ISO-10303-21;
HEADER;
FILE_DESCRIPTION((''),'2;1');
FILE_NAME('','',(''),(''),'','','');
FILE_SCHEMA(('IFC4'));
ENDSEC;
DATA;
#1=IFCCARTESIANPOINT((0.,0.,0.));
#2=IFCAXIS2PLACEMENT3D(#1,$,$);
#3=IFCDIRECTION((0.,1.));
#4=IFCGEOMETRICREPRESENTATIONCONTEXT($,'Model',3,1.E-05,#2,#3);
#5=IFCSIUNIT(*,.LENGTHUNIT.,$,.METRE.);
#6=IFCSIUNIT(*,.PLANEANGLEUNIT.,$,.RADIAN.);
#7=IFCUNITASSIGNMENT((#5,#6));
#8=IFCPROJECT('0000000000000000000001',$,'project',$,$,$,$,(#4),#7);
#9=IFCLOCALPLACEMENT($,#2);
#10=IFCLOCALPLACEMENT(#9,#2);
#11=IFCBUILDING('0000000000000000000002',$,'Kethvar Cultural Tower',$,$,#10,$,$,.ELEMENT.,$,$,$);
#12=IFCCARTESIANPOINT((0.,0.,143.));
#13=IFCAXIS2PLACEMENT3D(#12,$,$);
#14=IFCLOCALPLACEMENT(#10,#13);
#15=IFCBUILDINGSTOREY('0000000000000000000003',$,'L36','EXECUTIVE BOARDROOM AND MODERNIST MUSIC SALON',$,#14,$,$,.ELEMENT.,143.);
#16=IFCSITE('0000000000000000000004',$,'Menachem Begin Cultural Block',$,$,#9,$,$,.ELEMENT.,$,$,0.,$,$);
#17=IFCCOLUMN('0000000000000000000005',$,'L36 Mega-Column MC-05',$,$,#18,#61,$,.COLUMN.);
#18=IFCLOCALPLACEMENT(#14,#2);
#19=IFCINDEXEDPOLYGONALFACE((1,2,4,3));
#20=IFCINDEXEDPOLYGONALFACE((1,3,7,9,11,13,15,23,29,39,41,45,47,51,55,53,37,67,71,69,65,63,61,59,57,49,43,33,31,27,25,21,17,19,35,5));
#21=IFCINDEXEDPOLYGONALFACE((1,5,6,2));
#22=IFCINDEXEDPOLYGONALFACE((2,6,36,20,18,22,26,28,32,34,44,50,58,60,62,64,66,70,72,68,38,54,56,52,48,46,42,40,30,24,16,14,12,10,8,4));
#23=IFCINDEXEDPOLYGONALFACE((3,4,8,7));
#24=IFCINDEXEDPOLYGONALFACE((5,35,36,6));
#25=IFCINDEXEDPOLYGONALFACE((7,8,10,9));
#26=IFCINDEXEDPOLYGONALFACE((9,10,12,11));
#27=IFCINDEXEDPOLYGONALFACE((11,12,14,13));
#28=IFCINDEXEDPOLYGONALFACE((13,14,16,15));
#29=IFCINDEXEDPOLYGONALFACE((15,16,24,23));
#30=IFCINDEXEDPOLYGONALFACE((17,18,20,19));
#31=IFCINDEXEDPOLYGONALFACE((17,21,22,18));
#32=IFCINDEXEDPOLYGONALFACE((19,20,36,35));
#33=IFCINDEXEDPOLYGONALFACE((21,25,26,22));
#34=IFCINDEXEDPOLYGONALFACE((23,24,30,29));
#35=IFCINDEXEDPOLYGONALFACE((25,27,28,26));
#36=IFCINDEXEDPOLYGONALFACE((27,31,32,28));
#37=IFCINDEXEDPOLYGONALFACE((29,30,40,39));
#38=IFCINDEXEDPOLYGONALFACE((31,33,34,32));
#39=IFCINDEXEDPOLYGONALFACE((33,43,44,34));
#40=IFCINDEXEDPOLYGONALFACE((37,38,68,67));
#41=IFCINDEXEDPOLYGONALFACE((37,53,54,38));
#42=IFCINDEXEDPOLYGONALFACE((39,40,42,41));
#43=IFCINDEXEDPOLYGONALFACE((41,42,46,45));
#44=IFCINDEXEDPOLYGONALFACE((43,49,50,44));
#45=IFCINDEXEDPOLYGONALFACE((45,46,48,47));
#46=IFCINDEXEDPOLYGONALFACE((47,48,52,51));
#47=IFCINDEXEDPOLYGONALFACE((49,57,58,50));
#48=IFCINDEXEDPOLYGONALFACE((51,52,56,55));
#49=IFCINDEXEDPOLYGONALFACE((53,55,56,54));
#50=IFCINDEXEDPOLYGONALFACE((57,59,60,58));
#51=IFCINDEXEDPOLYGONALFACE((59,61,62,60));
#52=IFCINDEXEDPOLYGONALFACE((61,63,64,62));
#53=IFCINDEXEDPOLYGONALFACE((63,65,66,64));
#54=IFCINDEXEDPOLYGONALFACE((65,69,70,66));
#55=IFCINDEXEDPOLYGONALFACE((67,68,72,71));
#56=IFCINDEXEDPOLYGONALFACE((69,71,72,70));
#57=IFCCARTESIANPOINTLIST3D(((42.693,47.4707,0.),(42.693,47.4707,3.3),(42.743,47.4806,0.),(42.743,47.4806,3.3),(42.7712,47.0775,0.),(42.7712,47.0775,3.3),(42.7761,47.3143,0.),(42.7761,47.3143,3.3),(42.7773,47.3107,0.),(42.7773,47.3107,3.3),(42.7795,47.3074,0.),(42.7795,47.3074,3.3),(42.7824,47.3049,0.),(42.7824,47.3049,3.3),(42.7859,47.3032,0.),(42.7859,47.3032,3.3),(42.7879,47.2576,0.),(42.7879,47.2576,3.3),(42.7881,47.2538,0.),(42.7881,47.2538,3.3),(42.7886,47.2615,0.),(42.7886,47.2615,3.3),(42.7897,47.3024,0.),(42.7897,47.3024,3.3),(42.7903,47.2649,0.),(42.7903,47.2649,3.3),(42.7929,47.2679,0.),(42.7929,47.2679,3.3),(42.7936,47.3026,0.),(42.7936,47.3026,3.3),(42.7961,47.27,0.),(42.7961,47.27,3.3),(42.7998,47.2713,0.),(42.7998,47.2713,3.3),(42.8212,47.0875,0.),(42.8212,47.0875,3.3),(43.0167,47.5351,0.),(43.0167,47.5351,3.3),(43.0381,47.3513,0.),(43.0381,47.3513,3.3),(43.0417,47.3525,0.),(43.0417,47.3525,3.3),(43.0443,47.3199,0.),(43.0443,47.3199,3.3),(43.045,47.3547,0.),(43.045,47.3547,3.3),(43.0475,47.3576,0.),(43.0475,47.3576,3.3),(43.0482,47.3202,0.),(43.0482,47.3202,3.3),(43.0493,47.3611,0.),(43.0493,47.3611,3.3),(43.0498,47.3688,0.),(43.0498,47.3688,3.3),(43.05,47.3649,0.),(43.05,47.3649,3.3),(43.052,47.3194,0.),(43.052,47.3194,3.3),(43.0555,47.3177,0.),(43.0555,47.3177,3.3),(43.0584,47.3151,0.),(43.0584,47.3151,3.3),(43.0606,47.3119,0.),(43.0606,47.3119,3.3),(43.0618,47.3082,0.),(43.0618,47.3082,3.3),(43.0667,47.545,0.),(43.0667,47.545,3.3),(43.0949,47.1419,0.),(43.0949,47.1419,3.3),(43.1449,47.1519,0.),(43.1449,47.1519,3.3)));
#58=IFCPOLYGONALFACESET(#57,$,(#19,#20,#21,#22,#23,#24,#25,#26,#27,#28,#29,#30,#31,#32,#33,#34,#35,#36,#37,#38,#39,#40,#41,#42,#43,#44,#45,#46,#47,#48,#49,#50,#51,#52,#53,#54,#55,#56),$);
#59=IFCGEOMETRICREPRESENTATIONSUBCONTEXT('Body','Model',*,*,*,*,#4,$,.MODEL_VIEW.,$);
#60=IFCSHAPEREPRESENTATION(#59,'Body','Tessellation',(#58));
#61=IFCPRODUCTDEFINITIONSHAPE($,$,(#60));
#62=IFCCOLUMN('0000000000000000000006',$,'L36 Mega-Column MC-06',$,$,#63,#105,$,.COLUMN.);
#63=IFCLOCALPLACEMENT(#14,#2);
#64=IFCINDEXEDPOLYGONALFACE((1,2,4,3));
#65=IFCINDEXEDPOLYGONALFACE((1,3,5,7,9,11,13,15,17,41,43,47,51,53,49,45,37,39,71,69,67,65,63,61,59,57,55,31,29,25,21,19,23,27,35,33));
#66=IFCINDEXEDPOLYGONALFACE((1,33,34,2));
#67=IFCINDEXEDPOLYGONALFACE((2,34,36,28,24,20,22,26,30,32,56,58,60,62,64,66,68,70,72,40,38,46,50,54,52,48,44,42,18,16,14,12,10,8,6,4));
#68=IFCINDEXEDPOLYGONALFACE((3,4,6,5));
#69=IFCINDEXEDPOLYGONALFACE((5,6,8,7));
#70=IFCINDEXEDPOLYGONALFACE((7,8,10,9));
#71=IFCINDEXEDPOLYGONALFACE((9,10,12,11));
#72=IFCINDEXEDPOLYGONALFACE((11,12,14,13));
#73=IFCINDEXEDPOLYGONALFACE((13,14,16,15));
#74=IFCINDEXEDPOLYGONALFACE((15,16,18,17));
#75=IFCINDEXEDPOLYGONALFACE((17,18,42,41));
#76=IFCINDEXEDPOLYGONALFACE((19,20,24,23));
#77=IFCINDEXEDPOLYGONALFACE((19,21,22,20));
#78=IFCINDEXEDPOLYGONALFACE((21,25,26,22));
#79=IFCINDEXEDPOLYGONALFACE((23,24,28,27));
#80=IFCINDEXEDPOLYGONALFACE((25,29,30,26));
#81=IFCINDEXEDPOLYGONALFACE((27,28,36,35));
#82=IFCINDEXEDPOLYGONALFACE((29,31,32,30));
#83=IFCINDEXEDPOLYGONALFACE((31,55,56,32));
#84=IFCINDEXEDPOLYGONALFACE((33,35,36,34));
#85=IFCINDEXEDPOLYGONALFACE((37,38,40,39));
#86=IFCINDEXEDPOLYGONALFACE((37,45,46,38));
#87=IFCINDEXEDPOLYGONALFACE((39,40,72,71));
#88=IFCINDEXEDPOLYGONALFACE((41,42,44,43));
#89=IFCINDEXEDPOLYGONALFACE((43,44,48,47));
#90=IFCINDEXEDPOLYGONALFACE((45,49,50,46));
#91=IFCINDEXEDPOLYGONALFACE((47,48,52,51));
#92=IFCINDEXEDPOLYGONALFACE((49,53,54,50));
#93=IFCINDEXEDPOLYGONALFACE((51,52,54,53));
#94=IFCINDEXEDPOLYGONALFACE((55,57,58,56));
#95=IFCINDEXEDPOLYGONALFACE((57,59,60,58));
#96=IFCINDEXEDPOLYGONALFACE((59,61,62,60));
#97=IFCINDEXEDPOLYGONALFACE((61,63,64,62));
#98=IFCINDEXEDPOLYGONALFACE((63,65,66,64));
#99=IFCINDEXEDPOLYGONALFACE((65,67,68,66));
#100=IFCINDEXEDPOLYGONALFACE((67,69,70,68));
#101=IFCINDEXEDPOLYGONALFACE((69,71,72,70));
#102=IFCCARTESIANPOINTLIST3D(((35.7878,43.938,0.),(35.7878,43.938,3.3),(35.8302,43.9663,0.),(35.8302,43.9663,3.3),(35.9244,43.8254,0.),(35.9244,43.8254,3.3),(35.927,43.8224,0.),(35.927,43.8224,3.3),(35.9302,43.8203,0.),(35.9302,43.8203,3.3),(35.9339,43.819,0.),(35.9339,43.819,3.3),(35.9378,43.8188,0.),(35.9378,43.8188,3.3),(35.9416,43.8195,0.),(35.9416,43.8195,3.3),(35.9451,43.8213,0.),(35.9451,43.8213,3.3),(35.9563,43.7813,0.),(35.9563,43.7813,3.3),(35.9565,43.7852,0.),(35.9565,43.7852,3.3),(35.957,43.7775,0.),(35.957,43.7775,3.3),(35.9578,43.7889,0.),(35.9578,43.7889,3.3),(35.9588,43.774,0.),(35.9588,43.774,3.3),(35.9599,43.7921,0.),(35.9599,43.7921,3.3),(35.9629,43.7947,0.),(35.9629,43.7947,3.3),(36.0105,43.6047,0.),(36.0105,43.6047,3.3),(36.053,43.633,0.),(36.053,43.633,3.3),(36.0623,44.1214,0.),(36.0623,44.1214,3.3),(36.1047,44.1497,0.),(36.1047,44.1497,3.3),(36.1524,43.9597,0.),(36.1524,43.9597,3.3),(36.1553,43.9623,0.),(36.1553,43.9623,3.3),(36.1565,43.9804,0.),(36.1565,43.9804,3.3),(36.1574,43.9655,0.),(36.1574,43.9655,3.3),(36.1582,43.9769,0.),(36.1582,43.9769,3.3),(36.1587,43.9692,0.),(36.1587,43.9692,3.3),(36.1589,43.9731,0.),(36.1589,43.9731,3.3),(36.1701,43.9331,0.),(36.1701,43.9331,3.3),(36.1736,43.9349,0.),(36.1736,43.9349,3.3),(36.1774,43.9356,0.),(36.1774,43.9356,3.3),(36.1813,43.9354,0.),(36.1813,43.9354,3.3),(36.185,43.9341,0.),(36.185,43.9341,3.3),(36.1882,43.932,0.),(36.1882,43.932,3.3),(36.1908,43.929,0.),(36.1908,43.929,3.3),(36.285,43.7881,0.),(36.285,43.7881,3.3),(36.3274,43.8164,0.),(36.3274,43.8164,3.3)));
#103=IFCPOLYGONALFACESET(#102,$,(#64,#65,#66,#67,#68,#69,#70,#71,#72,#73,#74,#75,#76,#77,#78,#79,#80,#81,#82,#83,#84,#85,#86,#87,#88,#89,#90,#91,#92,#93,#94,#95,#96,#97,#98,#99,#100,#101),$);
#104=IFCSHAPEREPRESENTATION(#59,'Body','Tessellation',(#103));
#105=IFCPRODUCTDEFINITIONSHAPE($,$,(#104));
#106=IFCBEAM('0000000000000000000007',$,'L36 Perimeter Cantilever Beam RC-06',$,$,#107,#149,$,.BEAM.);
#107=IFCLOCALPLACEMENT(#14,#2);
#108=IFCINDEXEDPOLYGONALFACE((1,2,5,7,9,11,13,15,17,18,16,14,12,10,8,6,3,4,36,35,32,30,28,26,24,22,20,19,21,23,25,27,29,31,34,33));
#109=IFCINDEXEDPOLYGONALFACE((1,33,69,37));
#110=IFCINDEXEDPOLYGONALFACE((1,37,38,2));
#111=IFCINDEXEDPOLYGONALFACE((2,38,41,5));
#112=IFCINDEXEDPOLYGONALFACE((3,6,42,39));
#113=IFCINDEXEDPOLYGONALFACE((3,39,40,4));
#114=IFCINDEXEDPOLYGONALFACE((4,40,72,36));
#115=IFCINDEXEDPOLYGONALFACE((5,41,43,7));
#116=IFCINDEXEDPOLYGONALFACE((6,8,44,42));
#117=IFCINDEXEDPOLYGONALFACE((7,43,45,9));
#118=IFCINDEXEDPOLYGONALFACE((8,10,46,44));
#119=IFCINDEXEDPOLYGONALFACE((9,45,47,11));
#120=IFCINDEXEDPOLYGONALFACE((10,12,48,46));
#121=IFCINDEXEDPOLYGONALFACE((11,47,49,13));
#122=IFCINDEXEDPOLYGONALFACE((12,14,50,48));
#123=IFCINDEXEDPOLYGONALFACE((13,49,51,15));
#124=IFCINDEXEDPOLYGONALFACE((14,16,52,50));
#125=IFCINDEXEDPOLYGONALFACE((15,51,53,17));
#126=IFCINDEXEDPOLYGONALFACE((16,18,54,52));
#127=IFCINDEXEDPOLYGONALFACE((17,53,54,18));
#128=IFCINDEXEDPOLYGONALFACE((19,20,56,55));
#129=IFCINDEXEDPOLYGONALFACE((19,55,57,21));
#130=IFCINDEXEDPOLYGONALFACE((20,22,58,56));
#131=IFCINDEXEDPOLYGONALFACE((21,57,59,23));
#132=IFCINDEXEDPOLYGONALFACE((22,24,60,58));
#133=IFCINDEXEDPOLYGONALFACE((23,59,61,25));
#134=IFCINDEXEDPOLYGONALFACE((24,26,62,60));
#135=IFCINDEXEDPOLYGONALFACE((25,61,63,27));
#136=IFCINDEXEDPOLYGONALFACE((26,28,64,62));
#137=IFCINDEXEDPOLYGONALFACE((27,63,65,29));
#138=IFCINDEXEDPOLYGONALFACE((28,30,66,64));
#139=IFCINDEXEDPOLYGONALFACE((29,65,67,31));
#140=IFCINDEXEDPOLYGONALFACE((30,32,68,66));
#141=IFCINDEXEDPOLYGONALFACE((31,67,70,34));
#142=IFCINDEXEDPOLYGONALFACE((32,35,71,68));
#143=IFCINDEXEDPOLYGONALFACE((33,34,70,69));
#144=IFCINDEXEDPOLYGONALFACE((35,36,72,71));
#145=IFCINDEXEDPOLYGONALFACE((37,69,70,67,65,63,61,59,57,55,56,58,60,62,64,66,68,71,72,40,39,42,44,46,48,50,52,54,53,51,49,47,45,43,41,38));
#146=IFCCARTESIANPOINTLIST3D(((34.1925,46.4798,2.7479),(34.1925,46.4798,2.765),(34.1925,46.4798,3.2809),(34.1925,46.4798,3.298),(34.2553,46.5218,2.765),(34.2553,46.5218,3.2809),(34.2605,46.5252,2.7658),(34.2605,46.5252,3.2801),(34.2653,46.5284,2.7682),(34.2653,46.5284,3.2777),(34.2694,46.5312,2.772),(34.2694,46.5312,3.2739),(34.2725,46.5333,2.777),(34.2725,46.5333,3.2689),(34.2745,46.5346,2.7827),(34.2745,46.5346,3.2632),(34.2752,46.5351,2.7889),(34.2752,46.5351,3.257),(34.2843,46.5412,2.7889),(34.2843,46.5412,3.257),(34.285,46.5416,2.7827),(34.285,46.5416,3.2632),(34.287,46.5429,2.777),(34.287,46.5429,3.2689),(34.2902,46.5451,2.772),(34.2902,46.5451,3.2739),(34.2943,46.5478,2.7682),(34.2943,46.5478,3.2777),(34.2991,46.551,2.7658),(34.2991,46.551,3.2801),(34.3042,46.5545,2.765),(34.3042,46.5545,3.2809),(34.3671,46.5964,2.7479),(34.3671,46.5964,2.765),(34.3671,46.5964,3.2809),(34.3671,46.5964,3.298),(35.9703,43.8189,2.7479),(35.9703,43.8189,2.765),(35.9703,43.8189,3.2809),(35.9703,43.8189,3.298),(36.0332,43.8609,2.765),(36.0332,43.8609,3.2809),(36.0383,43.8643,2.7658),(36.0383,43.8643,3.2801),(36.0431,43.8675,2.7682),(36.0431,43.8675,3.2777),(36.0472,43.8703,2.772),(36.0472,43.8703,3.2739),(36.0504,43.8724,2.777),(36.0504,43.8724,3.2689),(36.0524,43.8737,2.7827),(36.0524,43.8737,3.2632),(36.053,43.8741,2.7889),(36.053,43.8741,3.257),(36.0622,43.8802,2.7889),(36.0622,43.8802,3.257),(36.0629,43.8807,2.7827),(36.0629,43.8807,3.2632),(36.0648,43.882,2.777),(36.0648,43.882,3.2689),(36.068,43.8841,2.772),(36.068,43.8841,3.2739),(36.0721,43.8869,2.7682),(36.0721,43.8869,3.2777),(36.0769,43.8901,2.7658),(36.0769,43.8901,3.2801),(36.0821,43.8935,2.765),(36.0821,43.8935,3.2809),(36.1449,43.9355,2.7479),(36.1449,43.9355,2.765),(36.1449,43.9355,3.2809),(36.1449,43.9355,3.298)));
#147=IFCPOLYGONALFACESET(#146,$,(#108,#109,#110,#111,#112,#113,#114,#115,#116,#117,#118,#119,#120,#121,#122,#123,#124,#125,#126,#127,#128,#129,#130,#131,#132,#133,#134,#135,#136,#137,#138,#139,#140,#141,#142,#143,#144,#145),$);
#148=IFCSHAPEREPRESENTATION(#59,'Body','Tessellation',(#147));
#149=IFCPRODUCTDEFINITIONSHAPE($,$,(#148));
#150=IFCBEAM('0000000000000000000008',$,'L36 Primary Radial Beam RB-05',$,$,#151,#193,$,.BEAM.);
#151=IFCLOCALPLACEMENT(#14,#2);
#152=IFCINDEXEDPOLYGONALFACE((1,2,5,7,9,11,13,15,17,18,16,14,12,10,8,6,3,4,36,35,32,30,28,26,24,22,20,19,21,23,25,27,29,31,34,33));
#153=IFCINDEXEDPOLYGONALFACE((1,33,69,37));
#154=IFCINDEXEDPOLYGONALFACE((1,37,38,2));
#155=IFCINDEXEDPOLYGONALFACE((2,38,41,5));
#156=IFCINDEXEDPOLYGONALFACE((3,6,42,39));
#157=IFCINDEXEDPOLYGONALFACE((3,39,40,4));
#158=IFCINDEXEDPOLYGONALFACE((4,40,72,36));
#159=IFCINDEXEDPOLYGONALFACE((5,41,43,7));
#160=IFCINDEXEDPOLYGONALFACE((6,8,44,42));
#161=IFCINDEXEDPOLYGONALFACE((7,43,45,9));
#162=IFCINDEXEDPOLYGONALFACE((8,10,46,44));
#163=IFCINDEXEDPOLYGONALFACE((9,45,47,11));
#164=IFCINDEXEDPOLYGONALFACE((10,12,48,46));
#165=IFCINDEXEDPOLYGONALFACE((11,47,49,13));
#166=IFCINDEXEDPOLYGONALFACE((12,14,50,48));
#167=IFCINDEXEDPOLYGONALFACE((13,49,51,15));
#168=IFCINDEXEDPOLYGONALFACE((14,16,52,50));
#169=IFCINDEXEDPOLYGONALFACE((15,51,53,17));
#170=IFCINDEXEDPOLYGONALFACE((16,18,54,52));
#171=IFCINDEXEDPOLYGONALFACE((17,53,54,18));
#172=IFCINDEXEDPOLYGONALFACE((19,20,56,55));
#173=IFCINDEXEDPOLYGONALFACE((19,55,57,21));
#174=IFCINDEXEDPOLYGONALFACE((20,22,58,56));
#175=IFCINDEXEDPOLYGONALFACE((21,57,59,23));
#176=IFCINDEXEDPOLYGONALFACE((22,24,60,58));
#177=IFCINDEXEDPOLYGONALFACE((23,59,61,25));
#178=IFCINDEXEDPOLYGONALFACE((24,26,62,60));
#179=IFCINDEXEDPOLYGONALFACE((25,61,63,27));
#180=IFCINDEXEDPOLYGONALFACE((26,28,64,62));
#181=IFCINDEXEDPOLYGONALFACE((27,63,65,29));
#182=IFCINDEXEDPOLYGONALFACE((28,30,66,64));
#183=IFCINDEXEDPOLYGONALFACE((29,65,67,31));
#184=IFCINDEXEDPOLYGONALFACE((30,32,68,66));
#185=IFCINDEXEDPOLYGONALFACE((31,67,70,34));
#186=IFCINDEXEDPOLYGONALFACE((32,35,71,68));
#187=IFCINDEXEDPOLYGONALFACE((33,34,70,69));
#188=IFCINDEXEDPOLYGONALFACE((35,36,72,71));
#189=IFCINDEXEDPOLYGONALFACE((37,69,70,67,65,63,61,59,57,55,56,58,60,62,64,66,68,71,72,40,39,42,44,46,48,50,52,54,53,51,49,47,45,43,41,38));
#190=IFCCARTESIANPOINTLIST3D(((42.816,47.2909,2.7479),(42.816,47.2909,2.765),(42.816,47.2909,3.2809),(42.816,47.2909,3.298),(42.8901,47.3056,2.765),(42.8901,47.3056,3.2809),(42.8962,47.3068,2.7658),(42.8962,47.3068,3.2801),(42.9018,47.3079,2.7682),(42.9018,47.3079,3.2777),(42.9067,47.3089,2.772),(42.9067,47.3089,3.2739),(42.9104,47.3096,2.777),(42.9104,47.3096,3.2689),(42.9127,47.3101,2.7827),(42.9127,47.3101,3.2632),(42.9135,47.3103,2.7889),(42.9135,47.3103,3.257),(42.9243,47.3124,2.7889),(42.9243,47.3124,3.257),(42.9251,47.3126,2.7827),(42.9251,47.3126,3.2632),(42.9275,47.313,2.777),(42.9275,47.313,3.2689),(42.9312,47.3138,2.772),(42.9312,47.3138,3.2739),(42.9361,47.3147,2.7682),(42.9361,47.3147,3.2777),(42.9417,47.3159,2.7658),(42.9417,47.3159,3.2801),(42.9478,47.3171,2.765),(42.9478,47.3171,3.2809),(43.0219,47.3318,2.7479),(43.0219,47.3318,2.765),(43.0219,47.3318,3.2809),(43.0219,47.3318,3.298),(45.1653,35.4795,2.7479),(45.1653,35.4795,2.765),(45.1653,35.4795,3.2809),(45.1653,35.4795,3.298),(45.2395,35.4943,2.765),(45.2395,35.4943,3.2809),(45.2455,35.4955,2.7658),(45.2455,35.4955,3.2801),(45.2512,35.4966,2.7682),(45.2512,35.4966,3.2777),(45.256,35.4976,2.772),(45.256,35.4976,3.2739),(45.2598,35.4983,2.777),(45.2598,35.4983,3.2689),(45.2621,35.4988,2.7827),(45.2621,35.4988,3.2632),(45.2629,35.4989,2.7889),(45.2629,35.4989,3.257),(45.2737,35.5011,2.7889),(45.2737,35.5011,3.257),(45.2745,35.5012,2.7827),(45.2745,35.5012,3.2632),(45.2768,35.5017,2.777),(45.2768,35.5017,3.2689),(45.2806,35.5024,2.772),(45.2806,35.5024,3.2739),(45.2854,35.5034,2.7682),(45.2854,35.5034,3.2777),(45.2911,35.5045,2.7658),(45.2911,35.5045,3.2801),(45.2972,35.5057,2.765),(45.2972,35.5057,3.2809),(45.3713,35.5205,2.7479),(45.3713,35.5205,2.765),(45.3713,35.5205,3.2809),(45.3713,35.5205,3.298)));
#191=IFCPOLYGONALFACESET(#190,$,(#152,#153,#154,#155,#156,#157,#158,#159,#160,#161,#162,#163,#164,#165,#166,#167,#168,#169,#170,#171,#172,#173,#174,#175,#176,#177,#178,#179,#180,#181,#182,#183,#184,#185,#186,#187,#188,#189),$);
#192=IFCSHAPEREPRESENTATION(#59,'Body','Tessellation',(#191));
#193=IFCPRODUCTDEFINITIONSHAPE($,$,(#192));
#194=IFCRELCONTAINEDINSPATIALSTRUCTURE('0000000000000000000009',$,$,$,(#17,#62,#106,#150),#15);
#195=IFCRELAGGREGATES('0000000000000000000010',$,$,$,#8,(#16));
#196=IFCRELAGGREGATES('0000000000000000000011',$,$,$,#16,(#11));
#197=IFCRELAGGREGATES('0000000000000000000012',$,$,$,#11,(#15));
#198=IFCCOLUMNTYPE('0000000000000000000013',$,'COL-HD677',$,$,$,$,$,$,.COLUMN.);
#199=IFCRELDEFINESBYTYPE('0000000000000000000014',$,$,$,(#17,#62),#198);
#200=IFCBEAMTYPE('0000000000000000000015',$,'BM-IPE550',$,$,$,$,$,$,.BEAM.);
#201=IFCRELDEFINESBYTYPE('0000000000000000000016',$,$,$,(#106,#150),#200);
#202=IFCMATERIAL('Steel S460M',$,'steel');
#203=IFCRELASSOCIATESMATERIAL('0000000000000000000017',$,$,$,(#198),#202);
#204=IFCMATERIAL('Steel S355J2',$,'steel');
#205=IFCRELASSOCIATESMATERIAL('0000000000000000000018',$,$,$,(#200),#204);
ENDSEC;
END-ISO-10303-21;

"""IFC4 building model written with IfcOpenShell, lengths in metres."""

from ifc_helpers import new_model, si_unit, direction, frame, origin, origin_2d, place, context, subcontext, project, spatial, i_section, extrude, source, transform, mapped, material, material_profile, profile_set, type_object, element, save


model = new_model("IFC4")

# Units and contexts
model_context = context("Model", 3, precision=1e-05, world=origin(), true_north=direction((0.0, 1.0)))
body_context = subcontext(model_context, "Body", "Model", "MODEL_VIEW")
ifc_project = project(units=[si_unit("LENGTHUNIT", "METRE"), si_unit("PLANEANGLEUNIT", "RADIAN")], contexts=[model_context])

# Site, building, storey
site_placement = place(None, origin())
site = spatial("IfcSite", under=ifc_project, at=site_placement, Name="Menachem Begin Cultural Block", CompositionType="ELEMENT", RefElevation=0.0)
building_placement = place(site_placement, origin())
building = spatial("IfcBuilding", under=site, at=building_placement, Name="Kethvar Cultural Tower", CompositionType="ELEMENT")
storey_placement = place(building_placement, frame((0.0, 0.0, 143.0)))
storey = spatial("IfcBuildingStorey", under=building, at=storey_placement, Name="L36", Description="EXECUTIVE BOARDROOM AND MODERNIST MUSIC SALON", CompositionType="ELEMENT", Elevation=143.0)

# Columns
ifc_material_1 = material(Name="Steel S460M", Category="steel")
ifc_material_profile_1 = material_profile(ifc_material_1, i_section(OverallWidth=0.4009, OverallDepth=0.3811, WebThickness=0.032, FlangeThickness=0.051, FilletRadius=0.0149, at=origin_2d()), Name="Steel S460M — HD400x677")
ifc_profile_set_1 = profile_set([ifc_material_profile_1], Name="Steel S460M — HD400x677")
column_type = type_object("IfcColumnType", Name="COL-HD677", PredefinedType="COLUMN", material=ifc_profile_set_1)
shared_shape_1 = source(origin(), body_context, "Body", "SweptSolid", [
    extrude(i_section(OverallWidth=0.4009, OverallDepth=0.3811, WebThickness=0.032, FlangeThickness=0.051, FilletRadius=0.0149, at=origin_2d()), origin(), (0.0, 0.0, 1.0), 3.3),
])
for number, where, z_axis, x_axis, name in (
    (1, (42.9189, 47.3113, 0.0), (0.0, 0.0, 1.0), (-0.19509, 0.980785, 0.0), "L36 Mega-Column MC-05"),
    (2, (36.0576, 43.8772, 0.0), (0.0, 0.0, 1.0), (-0.55557, 0.83147, 0.0), "L36 Mega-Column MC-06"),
):
    element("IfcColumn", number, at=place(storey_placement, frame(where, z_axis=z_axis, x_axis=x_axis)), inside=storey, type_object=column_type, Name=name, PredefinedType="COLUMN", context=body_context, shape_type="MappedRepresentation", body=[
        mapped(shared_shape_1, transform((0.0, 0.0, 0.0), scale=1.0)),
    ])

# Beams
ifc_material_2 = material(Name="Steel S355J2", Category="steel")
ifc_material_profile_2 = material_profile(ifc_material_2, i_section(OverallWidth=0.21, OverallDepth=0.55, WebThickness=0.011, FlangeThickness=0.0171, FilletRadius=0.0239, at=origin_2d()), Name="Steel S355J2 — IPE550")
ifc_profile_set_2 = profile_set([ifc_material_profile_2], Name="Steel S355J2 — IPE550")
beam_type_1 = type_object("IfcBeamType", Name="BM-IPE550", PredefinedType="BEAM", material=ifc_profile_set_2)
shared_shape_2 = source(origin(), body_context, "Body", "SweptSolid", [
    extrude(i_section(OverallWidth=0.21, OverallDepth=0.55, WebThickness=0.011, FlangeThickness=0.0171, FilletRadius=0.0239, at=origin_2d()), origin(), (0.0, 0.0, 1.0), 3.2002),
])
beam_1_placement = place(storey_placement, frame((36.0576, 43.8772, 3.0229), z_axis=(-0.555545, 0.831486, 0.0), x_axis=(-0.831486, -0.555545, 0.0)))
element("IfcBeam", 3, at=beam_1_placement, inside=storey, type_object=beam_type_1, Name="L36 Perimeter Cantilever Beam RC-06", PredefinedType="BEAM", context=body_context, shape_type="MappedRepresentation", body=[
    mapped(shared_shape_2, transform((0.0, 0.0, 0.0), scale=1.0)),
])
shared_shape_3 = source(origin(), body_context, "Body", "SweptSolid", [
    extrude(i_section(OverallWidth=0.21, OverallDepth=0.55, WebThickness=0.011, FlangeThickness=0.0171, FilletRadius=0.0239, at=origin_2d()), origin(), (0.0, 0.0, 1.0), 12.0427),
])
beam_2_placement = place(storey_placement, frame((45.2683, 35.5, 3.0229), z_axis=(-0.195087, 0.980786, 0.0), x_axis=(-0.980786, -0.195087, 0.0)))
element("IfcBeam", 4, at=beam_2_placement, inside=storey, type_object=beam_type_1, Name="L36 Primary Radial Beam RB-05", PredefinedType="BEAM", context=body_context, shape_type="MappedRepresentation", body=[
    mapped(shared_shape_3, transform((0.0, 0.0, 0.0), scale=1.0)),
])

save(model, "model.ifc")
